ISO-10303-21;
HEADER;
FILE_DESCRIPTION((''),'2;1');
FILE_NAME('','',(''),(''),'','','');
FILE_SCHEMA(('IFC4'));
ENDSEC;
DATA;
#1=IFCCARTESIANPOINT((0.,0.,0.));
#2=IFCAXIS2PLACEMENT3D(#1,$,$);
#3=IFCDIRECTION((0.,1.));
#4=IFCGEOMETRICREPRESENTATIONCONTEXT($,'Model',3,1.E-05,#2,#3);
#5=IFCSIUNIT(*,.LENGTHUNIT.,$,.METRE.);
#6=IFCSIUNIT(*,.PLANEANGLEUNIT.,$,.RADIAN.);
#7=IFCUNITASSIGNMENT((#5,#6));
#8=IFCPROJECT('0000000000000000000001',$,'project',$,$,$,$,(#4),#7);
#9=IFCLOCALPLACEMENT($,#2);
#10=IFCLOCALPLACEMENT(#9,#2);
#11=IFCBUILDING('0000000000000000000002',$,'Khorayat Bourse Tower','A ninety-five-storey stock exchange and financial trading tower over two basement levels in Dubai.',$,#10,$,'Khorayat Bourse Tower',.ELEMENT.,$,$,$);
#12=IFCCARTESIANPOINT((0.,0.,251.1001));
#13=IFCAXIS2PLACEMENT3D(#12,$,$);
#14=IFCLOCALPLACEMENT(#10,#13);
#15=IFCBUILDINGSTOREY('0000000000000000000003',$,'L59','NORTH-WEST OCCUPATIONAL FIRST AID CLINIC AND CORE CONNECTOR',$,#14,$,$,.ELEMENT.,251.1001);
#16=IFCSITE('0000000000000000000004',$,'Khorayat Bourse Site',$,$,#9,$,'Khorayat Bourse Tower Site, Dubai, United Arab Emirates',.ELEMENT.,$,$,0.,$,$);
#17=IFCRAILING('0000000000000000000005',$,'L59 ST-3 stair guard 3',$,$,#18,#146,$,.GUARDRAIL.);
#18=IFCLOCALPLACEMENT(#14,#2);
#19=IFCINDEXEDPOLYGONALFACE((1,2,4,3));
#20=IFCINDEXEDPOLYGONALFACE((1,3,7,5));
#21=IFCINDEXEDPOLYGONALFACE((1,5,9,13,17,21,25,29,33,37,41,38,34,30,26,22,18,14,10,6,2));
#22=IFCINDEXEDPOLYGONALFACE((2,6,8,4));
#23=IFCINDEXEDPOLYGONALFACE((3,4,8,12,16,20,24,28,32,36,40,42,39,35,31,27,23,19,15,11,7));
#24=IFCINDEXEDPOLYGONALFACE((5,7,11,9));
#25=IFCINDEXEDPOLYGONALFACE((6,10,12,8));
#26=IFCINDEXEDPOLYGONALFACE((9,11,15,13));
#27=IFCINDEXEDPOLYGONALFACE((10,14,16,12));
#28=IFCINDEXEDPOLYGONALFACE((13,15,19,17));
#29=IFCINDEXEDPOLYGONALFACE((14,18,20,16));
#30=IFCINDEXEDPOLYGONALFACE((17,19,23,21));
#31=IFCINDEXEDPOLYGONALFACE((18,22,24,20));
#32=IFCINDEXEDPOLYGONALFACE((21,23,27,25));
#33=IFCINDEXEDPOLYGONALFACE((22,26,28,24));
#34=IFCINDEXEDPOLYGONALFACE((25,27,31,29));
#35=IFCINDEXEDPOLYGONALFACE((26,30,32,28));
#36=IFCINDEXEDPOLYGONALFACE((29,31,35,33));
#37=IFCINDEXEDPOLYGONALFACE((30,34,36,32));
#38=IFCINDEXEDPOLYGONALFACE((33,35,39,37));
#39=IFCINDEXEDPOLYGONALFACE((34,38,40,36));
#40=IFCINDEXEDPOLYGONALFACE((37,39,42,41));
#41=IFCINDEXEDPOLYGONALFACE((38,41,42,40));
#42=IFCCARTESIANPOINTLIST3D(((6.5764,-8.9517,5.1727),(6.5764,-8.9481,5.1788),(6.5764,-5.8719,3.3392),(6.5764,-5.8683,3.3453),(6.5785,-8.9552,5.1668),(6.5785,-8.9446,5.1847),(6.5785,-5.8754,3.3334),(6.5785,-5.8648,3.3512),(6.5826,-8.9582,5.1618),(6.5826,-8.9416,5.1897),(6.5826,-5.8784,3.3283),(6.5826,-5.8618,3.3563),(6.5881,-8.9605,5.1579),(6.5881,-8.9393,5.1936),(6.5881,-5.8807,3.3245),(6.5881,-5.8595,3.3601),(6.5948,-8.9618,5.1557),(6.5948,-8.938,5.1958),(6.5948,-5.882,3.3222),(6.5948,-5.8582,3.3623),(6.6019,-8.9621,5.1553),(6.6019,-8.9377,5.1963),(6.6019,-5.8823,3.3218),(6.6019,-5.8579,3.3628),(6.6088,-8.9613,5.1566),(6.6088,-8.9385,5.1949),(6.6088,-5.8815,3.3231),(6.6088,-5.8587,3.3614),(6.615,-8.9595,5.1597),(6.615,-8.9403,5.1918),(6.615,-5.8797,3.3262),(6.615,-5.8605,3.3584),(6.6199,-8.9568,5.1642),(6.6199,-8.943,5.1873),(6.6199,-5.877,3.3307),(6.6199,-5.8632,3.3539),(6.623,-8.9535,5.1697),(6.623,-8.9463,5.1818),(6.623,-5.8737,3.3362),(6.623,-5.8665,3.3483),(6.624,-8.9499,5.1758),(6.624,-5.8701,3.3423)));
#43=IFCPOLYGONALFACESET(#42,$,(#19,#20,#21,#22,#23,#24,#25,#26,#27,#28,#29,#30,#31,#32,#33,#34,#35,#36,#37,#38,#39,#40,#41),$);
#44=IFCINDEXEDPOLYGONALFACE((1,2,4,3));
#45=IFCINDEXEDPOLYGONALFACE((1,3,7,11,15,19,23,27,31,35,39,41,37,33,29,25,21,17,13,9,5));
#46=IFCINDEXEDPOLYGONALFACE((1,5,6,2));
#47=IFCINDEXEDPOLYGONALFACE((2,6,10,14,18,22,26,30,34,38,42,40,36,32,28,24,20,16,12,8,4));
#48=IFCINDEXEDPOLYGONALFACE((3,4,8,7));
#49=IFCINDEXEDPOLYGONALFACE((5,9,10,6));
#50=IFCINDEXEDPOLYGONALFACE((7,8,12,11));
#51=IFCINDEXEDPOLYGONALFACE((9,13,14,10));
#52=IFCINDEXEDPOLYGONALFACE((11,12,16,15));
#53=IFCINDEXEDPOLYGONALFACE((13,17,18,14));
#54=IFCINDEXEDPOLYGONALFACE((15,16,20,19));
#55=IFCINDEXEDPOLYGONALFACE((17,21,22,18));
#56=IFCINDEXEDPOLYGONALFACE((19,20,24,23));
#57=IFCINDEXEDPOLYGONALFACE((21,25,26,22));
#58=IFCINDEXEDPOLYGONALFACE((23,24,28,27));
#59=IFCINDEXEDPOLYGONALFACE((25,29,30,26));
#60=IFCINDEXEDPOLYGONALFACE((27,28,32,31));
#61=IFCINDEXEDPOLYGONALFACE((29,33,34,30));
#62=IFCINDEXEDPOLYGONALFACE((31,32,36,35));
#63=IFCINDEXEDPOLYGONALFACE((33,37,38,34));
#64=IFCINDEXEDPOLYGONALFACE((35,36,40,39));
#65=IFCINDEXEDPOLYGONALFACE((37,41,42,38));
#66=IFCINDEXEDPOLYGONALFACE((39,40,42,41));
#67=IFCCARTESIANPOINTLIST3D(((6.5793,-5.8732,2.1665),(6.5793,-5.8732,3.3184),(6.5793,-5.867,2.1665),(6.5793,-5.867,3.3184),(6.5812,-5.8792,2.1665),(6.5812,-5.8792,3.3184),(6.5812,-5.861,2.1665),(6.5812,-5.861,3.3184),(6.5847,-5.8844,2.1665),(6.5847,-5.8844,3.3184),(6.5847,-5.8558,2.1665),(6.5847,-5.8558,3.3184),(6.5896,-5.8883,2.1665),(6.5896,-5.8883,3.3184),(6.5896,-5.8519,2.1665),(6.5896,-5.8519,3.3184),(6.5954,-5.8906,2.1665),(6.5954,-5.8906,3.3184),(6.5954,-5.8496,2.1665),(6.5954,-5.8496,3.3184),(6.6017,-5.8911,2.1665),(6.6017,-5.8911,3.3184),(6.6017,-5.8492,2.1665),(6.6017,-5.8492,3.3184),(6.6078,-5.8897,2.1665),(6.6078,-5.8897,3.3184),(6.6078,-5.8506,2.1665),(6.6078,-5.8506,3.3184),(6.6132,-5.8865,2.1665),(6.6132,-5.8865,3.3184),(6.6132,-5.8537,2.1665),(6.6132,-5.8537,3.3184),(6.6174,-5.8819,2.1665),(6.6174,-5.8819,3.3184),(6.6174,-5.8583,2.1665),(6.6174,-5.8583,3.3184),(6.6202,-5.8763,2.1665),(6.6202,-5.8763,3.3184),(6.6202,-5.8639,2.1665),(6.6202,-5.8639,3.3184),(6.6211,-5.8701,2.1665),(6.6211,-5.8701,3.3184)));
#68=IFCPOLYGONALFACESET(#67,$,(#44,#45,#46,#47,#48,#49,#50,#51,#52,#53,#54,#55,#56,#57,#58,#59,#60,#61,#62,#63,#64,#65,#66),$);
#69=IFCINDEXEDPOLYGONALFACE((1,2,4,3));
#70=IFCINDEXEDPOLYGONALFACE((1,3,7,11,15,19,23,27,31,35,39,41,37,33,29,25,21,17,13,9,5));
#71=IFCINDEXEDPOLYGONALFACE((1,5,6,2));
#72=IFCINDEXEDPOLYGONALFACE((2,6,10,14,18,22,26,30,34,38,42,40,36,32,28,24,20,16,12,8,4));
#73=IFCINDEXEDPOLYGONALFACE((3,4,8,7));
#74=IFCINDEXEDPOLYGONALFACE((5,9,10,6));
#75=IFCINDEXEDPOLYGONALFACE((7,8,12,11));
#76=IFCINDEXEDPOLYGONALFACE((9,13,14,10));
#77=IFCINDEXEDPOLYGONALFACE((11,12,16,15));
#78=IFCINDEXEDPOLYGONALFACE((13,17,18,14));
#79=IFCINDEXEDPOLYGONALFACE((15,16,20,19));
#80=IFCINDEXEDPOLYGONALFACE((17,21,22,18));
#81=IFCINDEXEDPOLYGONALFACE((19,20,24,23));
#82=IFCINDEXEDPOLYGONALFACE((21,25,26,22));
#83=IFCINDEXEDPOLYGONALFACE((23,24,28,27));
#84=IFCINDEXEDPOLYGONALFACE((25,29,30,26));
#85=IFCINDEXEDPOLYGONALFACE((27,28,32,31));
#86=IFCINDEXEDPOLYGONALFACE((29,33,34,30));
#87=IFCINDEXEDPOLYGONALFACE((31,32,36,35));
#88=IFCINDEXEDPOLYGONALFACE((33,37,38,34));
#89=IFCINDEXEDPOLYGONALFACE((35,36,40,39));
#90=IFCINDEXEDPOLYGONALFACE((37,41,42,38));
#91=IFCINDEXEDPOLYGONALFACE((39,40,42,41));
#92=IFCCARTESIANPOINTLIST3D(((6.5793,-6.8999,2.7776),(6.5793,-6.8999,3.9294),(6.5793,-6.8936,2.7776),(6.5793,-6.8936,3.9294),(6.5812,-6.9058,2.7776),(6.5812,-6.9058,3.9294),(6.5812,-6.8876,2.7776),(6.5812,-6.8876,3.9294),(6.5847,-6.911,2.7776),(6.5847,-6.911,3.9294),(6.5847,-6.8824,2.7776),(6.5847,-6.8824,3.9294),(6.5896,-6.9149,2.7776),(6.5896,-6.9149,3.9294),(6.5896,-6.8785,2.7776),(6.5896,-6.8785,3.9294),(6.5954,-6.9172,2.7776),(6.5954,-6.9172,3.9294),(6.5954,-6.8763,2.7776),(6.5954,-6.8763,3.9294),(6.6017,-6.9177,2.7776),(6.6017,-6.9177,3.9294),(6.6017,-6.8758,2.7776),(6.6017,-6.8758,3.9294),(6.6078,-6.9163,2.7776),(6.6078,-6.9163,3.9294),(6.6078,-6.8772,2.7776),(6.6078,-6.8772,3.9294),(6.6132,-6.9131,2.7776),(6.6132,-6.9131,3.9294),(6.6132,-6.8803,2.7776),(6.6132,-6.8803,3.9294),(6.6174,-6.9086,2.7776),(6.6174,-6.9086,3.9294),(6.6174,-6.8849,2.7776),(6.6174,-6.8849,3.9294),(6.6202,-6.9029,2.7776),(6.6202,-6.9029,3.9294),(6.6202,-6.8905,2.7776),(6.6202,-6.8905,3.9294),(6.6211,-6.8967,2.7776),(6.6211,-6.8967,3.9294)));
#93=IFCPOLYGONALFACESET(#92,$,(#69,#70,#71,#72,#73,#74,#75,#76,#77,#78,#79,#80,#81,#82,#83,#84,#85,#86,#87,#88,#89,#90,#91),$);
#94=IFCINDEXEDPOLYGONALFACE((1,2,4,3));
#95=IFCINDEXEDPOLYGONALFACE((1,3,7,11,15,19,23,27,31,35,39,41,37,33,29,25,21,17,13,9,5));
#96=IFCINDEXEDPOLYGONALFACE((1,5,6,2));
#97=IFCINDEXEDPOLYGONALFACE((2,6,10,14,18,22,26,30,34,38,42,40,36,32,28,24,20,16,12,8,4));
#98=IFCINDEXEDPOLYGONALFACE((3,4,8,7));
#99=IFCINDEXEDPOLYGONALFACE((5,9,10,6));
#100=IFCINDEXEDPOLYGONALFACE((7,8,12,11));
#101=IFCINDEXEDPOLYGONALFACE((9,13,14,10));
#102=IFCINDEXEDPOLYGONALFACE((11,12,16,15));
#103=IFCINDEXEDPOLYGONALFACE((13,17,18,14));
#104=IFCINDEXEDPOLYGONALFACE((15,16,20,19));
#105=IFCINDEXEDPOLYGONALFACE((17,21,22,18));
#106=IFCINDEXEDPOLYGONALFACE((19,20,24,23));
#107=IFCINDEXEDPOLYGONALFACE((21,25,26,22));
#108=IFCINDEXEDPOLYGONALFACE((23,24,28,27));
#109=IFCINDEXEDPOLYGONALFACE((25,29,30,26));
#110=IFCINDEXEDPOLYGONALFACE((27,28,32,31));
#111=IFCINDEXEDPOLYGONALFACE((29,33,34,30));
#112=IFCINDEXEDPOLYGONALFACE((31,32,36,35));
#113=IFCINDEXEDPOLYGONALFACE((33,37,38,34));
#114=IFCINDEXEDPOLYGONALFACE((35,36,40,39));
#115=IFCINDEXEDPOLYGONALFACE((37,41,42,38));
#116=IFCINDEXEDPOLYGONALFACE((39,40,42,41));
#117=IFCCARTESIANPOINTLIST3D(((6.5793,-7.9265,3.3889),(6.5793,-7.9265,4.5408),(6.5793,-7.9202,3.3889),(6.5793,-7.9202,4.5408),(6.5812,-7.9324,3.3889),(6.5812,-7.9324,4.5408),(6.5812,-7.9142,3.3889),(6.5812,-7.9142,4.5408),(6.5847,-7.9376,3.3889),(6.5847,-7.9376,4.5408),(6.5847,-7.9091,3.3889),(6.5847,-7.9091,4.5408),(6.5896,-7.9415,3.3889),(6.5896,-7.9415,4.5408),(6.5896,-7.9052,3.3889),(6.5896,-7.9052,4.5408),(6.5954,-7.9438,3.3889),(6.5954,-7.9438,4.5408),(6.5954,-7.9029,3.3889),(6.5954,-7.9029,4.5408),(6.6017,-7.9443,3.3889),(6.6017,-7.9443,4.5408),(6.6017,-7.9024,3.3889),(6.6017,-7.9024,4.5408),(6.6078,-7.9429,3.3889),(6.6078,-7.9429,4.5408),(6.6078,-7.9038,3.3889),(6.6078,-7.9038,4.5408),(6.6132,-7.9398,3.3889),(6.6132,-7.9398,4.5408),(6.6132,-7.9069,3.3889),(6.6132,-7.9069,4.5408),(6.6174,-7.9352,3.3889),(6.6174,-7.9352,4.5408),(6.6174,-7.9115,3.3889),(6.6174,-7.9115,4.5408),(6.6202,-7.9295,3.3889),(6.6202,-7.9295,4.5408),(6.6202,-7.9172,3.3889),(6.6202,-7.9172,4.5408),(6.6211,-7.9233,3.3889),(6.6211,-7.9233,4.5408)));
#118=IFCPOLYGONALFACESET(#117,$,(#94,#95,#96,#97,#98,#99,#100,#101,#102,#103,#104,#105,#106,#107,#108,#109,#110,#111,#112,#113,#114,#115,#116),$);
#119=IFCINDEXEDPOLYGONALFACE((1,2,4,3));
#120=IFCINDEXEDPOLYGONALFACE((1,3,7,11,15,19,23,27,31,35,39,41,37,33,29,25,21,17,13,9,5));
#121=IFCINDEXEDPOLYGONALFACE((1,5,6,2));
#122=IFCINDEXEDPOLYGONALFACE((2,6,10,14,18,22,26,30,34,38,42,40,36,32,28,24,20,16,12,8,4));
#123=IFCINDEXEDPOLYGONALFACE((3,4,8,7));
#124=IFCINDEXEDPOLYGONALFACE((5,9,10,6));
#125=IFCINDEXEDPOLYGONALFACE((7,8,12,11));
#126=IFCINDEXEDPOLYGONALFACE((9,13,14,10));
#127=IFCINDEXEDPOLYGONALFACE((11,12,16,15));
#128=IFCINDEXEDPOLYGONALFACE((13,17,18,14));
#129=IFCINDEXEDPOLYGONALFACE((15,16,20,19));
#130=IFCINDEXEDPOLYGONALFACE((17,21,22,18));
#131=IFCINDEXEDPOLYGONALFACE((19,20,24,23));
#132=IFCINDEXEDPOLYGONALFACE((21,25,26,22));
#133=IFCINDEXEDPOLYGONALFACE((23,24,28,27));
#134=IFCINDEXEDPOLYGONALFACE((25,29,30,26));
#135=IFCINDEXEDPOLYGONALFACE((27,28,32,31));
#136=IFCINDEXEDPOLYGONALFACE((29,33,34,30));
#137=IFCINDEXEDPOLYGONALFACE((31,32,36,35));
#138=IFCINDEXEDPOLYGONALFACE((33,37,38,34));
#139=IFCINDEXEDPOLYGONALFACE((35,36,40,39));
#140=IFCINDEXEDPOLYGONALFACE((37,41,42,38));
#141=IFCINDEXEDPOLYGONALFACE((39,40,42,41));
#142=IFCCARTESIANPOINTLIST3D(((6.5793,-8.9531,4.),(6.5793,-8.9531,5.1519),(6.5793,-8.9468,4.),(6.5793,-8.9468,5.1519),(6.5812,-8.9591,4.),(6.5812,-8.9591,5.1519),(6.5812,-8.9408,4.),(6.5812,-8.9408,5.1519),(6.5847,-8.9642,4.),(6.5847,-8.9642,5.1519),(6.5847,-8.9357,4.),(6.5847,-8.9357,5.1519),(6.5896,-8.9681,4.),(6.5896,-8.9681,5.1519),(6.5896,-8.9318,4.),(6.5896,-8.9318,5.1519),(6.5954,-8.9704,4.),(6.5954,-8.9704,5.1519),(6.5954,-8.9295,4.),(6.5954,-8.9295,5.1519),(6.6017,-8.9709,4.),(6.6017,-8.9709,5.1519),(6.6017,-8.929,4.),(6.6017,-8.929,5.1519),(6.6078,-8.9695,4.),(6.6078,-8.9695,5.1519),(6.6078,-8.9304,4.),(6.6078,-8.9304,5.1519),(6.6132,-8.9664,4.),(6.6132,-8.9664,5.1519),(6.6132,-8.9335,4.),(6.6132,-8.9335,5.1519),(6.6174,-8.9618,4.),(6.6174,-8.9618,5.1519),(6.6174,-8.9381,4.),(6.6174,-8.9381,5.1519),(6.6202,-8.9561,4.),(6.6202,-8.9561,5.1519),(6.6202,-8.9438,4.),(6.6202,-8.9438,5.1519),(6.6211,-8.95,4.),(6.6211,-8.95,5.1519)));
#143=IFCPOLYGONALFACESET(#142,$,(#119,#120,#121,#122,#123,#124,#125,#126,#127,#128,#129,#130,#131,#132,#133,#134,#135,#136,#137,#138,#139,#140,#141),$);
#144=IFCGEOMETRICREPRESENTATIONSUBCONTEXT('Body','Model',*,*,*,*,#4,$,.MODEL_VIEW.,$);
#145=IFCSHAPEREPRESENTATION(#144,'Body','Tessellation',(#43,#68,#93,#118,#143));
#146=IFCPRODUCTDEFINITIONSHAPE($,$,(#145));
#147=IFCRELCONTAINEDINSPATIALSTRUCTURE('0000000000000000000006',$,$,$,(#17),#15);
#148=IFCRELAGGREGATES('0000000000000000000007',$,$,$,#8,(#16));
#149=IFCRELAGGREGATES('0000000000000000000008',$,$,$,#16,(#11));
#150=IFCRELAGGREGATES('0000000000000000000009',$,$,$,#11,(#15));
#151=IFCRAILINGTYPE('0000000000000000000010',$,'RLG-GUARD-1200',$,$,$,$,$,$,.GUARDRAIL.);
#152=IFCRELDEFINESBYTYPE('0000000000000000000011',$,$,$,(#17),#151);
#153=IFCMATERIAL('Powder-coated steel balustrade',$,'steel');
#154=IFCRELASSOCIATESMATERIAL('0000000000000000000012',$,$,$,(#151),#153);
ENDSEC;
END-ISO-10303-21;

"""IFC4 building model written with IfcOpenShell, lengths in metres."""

from ifc_helpers import new_model, si_unit, direction, frame, origin, origin_2d, place, context, subcontext, project, spatial, circle, extrude, source, transform, mapped, material, type_object, element, save


model = new_model("IFC4")

# Units and contexts
model_context = context("Model", 3, precision=1e-05, world=origin(), true_north=direction((0.0, 1.0)))
body_context = subcontext(model_context, "Body", "Model", "MODEL_VIEW")
ifc_project = project(units=[si_unit("LENGTHUNIT", "METRE"), si_unit("PLANEANGLEUNIT", "RADIAN")], contexts=[model_context])

# Site, building, storey
site_placement = place(None, origin())
site = spatial("IfcSite", under=ifc_project, at=site_placement, Name="Khorayat Bourse Site", LongName="Khorayat Bourse Tower Site, Dubai, United Arab Emirates", CompositionType="ELEMENT", RefElevation=0.0)
building_placement = place(site_placement, origin())
building = spatial("IfcBuilding", under=site, at=building_placement, Name="Khorayat Bourse Tower", Description="A ninety-five-storey stock exchange and financial trading tower over two basement levels in Dubai.", LongName="Khorayat Bourse Tower", CompositionType="ELEMENT")
storey_placement = place(building_placement, frame((0.0, 0.0, 251.1001)))
storey = spatial("IfcBuildingStorey", under=building, at=storey_placement, Name="L59", Description="NORTH-WEST OCCUPATIONAL FIRST AID CLINIC AND CORE CONNECTOR", CompositionType="ELEMENT", Elevation=251.1001)

# Railing
ifc_material_1 = material(Name="Powder-coated steel balustrade", Category="steel")
railing_type_1 = type_object("IfcRailingType", Name="RLG-GUARD-1200", PredefinedType="GUARDRAIL", material=ifc_material_1)
shared_shape_1 = source(origin(), body_context, "Body", "SweptSolid", [
    extrude(circle(Radius=0.0239, at=origin_2d()), frame((0.0, 0.0, 1.1758), z_axis=(0.0, -0.859261, 0.511538), x_axis=(1.0, 0.0, 0.0)), (0.0, 0.0, 1.0), 3.5842),
    extrude(circle(Radius=0.021, at=origin_2d()), origin(), (0.0, 0.0, 1.0), 1.1519),
    extrude(circle(Radius=0.021, at=origin_2d()), frame((0.0, -1.0266, 0.6111)), (0.0, 0.0, 1.0), 1.1519),
    extrude(circle(Radius=0.021, at=origin_2d()), frame((0.0, -2.0532, 1.2224)), (0.0, 0.0, 1.0), 1.1519),
    extrude(circle(Radius=0.021, at=origin_2d()), frame((0.0, -3.0798, 1.8335)), (0.0, 0.0, 1.0), 1.1519),
])
railing_1_placement = place(storey_placement, frame((6.6001, -5.8701, 2.1665)))
element("IfcRailing", 1, at=railing_1_placement, inside=storey, type_object=railing_type_1, Name="L59 ST-3 stair guard 3", PredefinedType="GUARDRAIL", context=body_context, shape_type="MappedRepresentation", body=[
    mapped(shared_shape_1, transform((0.0, 0.0, 0.0), scale=1.0)),
])

save(model, "model.ifc")
